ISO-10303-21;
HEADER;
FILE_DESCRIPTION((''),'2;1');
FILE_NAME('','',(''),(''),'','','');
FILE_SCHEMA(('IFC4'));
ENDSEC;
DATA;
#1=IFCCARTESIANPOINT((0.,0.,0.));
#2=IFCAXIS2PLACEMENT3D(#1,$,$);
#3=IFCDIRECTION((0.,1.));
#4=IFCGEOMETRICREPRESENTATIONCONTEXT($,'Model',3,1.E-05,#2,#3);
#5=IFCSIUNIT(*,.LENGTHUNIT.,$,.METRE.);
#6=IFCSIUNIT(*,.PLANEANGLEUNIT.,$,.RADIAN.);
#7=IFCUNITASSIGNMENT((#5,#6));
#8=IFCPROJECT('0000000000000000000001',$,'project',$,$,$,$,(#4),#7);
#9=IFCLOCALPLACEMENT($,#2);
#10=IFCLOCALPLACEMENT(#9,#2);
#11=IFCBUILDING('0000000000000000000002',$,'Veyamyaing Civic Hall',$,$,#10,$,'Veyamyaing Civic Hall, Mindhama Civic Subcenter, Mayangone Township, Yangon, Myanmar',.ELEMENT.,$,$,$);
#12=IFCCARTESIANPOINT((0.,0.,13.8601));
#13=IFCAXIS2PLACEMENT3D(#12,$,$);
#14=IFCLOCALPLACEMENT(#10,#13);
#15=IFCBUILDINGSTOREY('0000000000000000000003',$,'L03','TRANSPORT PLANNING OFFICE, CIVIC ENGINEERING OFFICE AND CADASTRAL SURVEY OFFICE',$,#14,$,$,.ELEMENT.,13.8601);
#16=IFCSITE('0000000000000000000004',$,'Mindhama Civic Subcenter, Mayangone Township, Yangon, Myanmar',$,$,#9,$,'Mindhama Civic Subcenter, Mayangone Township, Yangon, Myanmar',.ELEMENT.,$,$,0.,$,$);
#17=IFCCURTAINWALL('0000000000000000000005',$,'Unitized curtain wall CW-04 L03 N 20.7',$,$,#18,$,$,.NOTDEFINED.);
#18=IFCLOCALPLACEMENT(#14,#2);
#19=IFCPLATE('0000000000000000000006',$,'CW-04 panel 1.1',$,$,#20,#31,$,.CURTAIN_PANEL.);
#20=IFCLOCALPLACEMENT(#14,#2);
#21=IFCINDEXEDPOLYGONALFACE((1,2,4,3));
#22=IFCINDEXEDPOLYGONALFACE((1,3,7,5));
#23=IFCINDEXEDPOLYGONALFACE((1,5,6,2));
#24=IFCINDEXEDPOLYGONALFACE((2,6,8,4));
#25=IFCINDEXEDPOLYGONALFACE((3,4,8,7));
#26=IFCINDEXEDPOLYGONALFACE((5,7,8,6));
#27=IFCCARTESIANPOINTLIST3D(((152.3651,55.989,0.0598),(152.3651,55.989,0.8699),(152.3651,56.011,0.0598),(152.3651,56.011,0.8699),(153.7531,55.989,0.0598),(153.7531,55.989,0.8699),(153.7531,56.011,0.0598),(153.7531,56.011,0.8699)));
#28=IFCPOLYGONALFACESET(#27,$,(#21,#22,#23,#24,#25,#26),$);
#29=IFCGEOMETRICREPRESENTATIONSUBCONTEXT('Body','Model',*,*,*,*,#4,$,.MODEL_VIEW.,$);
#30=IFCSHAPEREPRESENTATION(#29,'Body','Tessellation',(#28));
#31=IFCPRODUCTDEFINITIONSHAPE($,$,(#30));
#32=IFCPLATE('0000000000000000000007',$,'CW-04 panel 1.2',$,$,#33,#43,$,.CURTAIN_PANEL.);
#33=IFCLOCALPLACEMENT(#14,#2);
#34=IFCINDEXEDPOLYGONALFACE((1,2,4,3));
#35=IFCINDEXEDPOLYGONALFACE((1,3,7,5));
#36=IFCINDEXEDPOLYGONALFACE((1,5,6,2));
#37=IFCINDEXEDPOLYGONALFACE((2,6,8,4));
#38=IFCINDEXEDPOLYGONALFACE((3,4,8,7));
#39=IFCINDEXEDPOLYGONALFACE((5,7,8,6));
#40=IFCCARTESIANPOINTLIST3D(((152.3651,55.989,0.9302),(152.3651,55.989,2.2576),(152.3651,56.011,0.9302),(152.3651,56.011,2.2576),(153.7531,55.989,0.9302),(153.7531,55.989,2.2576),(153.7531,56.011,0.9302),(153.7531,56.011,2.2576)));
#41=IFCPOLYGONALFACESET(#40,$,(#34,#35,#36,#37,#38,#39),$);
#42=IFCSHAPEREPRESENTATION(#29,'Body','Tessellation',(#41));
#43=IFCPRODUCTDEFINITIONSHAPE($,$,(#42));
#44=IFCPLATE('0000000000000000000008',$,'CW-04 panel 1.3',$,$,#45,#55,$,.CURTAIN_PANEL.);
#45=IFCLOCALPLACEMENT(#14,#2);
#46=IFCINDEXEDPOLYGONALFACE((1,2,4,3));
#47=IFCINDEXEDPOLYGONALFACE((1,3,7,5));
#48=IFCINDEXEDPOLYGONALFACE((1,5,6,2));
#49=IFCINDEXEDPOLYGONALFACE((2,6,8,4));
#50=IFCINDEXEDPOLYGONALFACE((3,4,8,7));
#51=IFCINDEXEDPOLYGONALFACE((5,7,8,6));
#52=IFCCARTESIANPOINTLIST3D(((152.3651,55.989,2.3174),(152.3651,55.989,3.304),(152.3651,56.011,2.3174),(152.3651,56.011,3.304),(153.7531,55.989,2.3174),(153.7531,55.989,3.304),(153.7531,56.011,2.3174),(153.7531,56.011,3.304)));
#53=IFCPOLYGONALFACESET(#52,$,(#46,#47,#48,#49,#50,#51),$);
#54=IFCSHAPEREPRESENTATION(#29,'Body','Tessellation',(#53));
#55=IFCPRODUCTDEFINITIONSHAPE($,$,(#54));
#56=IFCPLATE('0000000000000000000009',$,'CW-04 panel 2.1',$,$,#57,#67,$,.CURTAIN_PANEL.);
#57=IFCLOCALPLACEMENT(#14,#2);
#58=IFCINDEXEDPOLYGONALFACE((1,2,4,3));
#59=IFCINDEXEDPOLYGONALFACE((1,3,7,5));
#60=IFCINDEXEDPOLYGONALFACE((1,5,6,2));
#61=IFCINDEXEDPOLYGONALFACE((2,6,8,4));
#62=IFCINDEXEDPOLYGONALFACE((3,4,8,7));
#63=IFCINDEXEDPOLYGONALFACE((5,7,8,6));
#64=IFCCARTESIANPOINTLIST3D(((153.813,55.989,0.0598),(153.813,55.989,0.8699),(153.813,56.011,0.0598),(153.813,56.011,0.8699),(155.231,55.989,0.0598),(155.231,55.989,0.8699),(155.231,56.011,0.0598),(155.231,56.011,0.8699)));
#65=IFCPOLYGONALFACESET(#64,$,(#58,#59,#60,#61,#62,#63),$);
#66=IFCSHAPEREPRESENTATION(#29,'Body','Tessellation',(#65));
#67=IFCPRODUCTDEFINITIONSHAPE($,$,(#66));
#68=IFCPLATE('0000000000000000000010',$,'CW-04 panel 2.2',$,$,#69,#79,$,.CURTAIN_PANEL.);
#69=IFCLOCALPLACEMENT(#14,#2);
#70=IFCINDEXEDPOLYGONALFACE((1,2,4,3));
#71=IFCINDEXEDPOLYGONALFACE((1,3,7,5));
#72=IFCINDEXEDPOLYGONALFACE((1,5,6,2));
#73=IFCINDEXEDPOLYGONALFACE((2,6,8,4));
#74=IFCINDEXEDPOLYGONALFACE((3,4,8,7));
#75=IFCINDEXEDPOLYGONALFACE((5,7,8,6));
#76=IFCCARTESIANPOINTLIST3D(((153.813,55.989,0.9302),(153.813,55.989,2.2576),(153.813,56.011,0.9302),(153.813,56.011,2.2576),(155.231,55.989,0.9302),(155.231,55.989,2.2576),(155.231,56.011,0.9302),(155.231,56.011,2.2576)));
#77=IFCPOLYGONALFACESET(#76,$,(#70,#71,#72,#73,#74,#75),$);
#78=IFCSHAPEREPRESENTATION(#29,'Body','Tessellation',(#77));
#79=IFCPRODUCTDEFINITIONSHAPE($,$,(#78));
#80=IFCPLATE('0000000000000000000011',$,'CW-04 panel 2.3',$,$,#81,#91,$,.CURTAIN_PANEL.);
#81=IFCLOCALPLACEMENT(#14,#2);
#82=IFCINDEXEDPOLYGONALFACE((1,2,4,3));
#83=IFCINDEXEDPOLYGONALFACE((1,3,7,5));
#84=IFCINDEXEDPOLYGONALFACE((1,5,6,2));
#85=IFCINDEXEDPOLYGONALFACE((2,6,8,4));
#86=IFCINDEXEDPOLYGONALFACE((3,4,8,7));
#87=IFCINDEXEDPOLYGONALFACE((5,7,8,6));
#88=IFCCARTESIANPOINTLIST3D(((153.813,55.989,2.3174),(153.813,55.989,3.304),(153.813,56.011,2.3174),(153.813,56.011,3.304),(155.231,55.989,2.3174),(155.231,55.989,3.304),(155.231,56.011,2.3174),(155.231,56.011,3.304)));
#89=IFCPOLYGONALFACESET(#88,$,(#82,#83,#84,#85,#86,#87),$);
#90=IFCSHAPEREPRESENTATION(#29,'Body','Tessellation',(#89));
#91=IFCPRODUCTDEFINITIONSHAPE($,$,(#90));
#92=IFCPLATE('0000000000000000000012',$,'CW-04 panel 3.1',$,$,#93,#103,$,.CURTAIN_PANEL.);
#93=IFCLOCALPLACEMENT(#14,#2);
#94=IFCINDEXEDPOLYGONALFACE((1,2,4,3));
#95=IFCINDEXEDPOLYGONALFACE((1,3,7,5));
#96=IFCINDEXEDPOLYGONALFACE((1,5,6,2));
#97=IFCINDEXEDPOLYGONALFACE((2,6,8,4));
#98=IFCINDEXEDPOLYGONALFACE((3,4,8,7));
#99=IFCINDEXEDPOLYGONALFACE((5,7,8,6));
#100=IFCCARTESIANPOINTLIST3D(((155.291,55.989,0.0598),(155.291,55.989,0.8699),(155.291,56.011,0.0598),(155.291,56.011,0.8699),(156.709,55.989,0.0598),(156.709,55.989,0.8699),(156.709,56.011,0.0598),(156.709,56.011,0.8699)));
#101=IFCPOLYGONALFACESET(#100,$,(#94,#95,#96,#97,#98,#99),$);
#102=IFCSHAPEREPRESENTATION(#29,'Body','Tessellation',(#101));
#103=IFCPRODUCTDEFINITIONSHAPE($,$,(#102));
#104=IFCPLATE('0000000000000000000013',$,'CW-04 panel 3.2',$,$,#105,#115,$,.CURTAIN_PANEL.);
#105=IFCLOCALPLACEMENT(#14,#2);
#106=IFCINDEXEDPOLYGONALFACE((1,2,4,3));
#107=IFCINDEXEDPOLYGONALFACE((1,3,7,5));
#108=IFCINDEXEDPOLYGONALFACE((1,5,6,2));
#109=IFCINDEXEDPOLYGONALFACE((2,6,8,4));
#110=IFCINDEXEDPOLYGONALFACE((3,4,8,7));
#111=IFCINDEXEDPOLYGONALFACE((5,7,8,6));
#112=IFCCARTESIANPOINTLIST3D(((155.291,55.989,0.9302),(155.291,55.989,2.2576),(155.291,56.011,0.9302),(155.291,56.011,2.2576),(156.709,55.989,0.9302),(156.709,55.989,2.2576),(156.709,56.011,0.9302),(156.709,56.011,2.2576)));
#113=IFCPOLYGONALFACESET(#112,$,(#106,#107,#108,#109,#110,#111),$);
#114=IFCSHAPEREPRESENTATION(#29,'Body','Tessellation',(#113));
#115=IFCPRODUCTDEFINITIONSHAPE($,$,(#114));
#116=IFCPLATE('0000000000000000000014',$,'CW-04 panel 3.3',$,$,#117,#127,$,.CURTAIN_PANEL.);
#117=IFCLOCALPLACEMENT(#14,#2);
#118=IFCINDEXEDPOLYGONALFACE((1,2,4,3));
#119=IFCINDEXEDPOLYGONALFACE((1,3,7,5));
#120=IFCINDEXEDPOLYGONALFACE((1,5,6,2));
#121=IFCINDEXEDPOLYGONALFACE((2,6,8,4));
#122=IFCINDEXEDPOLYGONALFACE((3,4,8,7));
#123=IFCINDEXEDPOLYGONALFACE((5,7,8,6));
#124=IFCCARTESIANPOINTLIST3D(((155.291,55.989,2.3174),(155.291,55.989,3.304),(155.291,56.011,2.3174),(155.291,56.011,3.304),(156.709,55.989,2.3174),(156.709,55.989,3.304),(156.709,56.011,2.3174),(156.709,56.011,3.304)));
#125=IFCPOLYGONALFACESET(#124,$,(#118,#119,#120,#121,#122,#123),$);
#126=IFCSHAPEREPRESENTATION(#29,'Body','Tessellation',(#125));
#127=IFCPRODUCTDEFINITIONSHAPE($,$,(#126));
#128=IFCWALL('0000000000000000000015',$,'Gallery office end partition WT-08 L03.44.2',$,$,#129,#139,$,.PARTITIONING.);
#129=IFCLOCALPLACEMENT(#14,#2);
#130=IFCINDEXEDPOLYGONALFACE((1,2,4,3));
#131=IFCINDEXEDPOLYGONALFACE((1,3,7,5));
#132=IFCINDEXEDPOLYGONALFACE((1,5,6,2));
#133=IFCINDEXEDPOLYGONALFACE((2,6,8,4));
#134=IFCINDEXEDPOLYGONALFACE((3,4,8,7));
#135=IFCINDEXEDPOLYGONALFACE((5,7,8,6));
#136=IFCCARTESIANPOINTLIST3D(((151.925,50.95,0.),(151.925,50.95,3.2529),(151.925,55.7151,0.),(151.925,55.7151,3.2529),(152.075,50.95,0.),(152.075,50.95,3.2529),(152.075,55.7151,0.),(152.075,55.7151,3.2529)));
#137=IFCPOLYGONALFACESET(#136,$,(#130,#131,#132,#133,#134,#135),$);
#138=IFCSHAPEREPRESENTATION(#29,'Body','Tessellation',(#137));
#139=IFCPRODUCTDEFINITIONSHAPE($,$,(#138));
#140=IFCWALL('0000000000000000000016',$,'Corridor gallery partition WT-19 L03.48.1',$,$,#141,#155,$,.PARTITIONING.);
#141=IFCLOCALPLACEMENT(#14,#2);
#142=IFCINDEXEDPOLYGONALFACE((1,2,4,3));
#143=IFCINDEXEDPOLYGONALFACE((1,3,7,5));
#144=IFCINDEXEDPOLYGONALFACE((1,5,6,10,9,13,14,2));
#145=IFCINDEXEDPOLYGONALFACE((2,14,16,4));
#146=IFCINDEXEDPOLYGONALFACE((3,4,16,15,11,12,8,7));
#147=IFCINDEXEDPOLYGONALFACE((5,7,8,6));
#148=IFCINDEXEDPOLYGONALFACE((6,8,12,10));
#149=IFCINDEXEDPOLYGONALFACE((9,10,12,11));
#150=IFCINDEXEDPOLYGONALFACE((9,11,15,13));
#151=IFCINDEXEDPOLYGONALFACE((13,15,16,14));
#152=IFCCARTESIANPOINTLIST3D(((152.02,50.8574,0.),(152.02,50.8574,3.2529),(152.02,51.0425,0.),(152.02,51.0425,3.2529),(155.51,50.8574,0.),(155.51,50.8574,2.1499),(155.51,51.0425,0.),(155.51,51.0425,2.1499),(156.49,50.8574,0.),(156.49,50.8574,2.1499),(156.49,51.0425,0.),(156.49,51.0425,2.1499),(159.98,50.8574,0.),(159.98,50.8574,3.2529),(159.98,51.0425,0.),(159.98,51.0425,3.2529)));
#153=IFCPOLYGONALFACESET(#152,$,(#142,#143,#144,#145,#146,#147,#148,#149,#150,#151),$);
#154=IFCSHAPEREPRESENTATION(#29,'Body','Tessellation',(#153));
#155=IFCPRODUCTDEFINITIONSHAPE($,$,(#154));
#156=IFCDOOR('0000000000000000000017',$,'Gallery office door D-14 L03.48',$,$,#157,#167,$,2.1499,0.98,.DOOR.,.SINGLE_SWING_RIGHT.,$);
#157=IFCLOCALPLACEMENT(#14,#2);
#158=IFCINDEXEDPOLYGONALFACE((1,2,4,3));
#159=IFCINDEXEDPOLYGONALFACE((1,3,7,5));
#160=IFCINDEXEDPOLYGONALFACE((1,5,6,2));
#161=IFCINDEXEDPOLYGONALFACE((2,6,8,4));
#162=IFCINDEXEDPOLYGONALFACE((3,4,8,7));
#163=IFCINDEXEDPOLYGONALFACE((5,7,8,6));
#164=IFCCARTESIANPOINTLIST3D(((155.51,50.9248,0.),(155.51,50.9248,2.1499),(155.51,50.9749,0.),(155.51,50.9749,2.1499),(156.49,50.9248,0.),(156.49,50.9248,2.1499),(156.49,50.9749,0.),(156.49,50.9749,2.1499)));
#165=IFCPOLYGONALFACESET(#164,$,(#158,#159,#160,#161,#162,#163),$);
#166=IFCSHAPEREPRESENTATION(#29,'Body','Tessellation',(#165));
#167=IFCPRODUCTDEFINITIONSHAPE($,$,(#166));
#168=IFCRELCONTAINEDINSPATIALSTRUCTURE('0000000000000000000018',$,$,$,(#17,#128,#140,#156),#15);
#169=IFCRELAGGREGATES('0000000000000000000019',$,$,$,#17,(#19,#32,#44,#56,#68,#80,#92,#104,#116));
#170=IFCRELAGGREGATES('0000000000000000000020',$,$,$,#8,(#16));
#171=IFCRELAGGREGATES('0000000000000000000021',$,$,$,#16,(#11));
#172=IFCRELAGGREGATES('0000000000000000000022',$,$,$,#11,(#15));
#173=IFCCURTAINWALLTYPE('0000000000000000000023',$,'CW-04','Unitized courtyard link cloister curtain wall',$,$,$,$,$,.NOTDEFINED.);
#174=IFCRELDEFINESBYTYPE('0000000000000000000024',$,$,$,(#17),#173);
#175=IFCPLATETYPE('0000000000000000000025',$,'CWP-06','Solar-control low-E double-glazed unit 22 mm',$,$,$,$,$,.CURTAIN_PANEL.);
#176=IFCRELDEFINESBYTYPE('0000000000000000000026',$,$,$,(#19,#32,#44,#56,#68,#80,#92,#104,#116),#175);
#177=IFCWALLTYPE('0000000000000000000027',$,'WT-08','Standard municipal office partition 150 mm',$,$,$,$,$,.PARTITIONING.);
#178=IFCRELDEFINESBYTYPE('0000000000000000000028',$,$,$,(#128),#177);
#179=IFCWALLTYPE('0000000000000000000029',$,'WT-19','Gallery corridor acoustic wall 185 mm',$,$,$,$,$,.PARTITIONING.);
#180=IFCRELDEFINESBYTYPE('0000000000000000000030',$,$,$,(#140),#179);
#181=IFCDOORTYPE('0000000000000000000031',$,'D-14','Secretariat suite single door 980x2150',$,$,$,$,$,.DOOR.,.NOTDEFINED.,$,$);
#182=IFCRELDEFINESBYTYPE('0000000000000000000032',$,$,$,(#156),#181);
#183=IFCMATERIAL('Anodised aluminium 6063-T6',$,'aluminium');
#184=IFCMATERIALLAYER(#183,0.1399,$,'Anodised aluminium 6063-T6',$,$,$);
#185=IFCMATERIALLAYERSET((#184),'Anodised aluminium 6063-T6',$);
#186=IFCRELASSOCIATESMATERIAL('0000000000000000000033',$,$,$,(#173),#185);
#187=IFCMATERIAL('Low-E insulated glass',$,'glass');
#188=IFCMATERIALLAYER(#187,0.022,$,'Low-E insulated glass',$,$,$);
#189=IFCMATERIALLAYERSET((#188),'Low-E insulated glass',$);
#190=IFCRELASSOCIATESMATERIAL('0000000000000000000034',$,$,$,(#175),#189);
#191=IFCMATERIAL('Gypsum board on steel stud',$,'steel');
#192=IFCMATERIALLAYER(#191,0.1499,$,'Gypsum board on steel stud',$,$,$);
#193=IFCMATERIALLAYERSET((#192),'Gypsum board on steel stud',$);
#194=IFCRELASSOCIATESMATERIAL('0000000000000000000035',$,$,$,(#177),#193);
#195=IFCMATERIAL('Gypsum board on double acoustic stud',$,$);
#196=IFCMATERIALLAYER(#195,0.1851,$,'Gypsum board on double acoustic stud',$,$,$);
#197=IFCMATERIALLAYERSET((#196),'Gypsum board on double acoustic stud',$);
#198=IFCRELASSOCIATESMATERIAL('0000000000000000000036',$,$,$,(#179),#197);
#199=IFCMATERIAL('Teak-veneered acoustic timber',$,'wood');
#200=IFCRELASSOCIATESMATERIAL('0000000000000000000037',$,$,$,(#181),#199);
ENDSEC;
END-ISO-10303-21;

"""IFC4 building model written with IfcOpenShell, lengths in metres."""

from ifc_helpers import new_model, si_unit, direction, frame, frame_2d, origin, origin_2d, place, context, subcontext, project, spatial, rectangle, extrude, material, layer, layer_set, type_object, element, fill, aggregate, save


model = new_model("IFC4")

# Units and contexts
model_context = context("Model", 3, precision=1e-05, world=origin(), true_north=direction((0.0, 1.0)))
body_context = subcontext(model_context, "Body", "Model", "MODEL_VIEW")
ifc_project = project(units=[si_unit("LENGTHUNIT", "METRE"), si_unit("PLANEANGLEUNIT", "RADIAN")], contexts=[model_context])

# Site, building, storey
site_placement = place(None, origin())
site = spatial("IfcSite", under=ifc_project, at=site_placement, Name="Mindhama Civic Subcenter, Mayangone Township, Yangon, Myanmar", LongName="Mindhama Civic Subcenter, Mayangone Township, Yangon, Myanmar", CompositionType="ELEMENT", RefElevation=0.0)
building_placement = place(site_placement, origin())
building = spatial("IfcBuilding", under=site, at=building_placement, Name="Veyamyaing Civic Hall", LongName="Veyamyaing Civic Hall, Mindhama Civic Subcenter, Mayangone Township, Yangon, Myanmar", CompositionType="ELEMENT")
storey_placement = place(building_placement, frame((0.0, 0.0, 13.8601)))
storey = spatial("IfcBuildingStorey", under=building, at=storey_placement, Name="L03", Description="TRANSPORT PLANNING OFFICE, CIVIC ENGINEERING OFFICE AND CADASTRAL SURVEY OFFICE", CompositionType="ELEMENT", Elevation=13.8601)

# Shared definitions
ifc_material_1 = material(Name="Anodised aluminium 6063-T6", Category="aluminium")
ifc_layer_1 = layer(ifc_material_1, 0.1399, Name="Anodised aluminium 6063-T6")
ifc_layer_set_1 = layer_set([ifc_layer_1], Name="Anodised aluminium 6063-T6")
curtain_wall_type = type_object("IfcCurtainWallType", Name="CW-04", Description="Unitized courtyard link cloister curtain wall", PredefinedType="NOTDEFINED", material=ifc_layer_set_1)

# Curtain wall
curtain_wall_1_placement = place(storey_placement, origin())
curtain_wall_1 = element("IfcCurtainWall", 1, at=curtain_wall_1_placement, inside=storey, type_object=curtain_wall_type, Name="Unitized curtain wall CW-04 L03 N 20.7", PredefinedType="NOTDEFINED")

# Plates
ifc_material_2 = material(Name="Low-E insulated glass", Category="glass")
ifc_layer_2 = layer(ifc_material_2, 0.022, Name="Low-E insulated glass")
ifc_layer_set_2 = layer_set([ifc_layer_2], Name="Low-E insulated glass")
plate_type_1 = type_object("IfcPlateType", Name="CWP-06", Description="Solar-control low-E double-glazed unit 22 mm", PredefinedType="CURTAIN_PANEL", material=ifc_layer_set_2)
plate_1_placement = place(storey_placement, frame((153.0591, 56.0, 0.0598), z_axis=(0.0, 0.0, 1.0), x_axis=(1.0, 0.0, 0.0)))
plate_1 = element("IfcPlate", 2, at=plate_1_placement, type_object=plate_type_1, Name="CW-04 panel 1.1", PredefinedType="CURTAIN_PANEL", context=body_context, shape_type="SweptSolid", body=[
    extrude(rectangle(XDim=1.3879, YDim=0.022, at=origin_2d()), origin(), (0.0, 0.0, 1.0), 0.8101),
])
plate_2_placement = place(storey_placement, frame((153.0591, 56.0, 0.9302), z_axis=(0.0, 0.0, 1.0), x_axis=(1.0, 0.0, 0.0)))
plate_2 = element("IfcPlate", 3, at=plate_2_placement, type_object=plate_type_1, Name="CW-04 panel 1.2", PredefinedType="CURTAIN_PANEL", context=body_context, shape_type="SweptSolid", body=[
    extrude(rectangle(XDim=1.3879, YDim=0.022, at=origin_2d()), origin(), (0.0, 0.0, 1.0), 1.3274),
])
plate_3_placement = place(storey_placement, frame((153.0591, 56.0, 2.3174), z_axis=(0.0, 0.0, 1.0), x_axis=(1.0, 0.0, 0.0)))
plate_3 = element("IfcPlate", 4, at=plate_3_placement, type_object=plate_type_1, Name="CW-04 panel 1.3", PredefinedType="CURTAIN_PANEL", context=body_context, shape_type="SweptSolid", body=[
    extrude(rectangle(XDim=1.3879, YDim=0.022, at=origin_2d()), origin(), (0.0, 0.0, 1.0), 0.9866),
])
plate_4_placement = place(storey_placement, frame((154.522, 56.0, 0.0598), z_axis=(0.0, 0.0, 1.0), x_axis=(1.0, 0.0, 0.0)))
plate_4 = element("IfcPlate", 5, at=plate_4_placement, type_object=plate_type_1, Name="CW-04 panel 2.1", PredefinedType="CURTAIN_PANEL", context=body_context, shape_type="SweptSolid", body=[
    extrude(rectangle(XDim=1.418, YDim=0.022, at=origin_2d()), origin(), (0.0, 0.0, 1.0), 0.8101),
])
plate_5_placement = place(storey_placement, frame((154.522, 56.0, 0.9302), z_axis=(0.0, 0.0, 1.0), x_axis=(1.0, 0.0, 0.0)))
plate_5 = element("IfcPlate", 6, at=plate_5_placement, type_object=plate_type_1, Name="CW-04 panel 2.2", PredefinedType="CURTAIN_PANEL", context=body_context, shape_type="SweptSolid", body=[
    extrude(rectangle(XDim=1.418, YDim=0.022, at=origin_2d()), origin(), (0.0, 0.0, 1.0), 1.3274),
])
plate_6_placement = place(storey_placement, frame((154.522, 56.0, 2.3174), z_axis=(0.0, 0.0, 1.0), x_axis=(1.0, 0.0, 0.0)))
plate_6 = element("IfcPlate", 7, at=plate_6_placement, type_object=plate_type_1, Name="CW-04 panel 2.3", PredefinedType="CURTAIN_PANEL", context=body_context, shape_type="SweptSolid", body=[
    extrude(rectangle(XDim=1.418, YDim=0.022, at=origin_2d()), origin(), (0.0, 0.0, 1.0), 0.9866),
])
plate_7_placement = place(storey_placement, frame((156.0, 56.0, 0.0598), z_axis=(0.0, 0.0, 1.0), x_axis=(1.0, 0.0, 0.0)))
plate_7 = element("IfcPlate", 8, at=plate_7_placement, type_object=plate_type_1, Name="CW-04 panel 3.1", PredefinedType="CURTAIN_PANEL", context=body_context, shape_type="SweptSolid", body=[
    extrude(rectangle(XDim=1.418, YDim=0.022, at=origin_2d()), origin(), (0.0, 0.0, 1.0), 0.8101),
])
plate_8_placement = place(storey_placement, frame((156.0, 56.0, 0.9302), z_axis=(0.0, 0.0, 1.0), x_axis=(1.0, 0.0, 0.0)))
plate_8 = element("IfcPlate", 9, at=plate_8_placement, type_object=plate_type_1, Name="CW-04 panel 3.2", PredefinedType="CURTAIN_PANEL", context=body_context, shape_type="SweptSolid", body=[
    extrude(rectangle(XDim=1.418, YDim=0.022, at=origin_2d()), origin(), (0.0, 0.0, 1.0), 1.3274),
])
plate_9_placement = place(storey_placement, frame((156.0, 56.0, 2.3174), z_axis=(0.0, 0.0, 1.0), x_axis=(1.0, 0.0, 0.0)))
plate_9 = element("IfcPlate", 10, at=plate_9_placement, type_object=plate_type_1, Name="CW-04 panel 3.3", PredefinedType="CURTAIN_PANEL", context=body_context, shape_type="SweptSolid", body=[
    extrude(rectangle(XDim=1.418, YDim=0.022, at=origin_2d()), origin(), (0.0, 0.0, 1.0), 0.9866),
])
aggregate(curtain_wall_1, [plate_1, plate_2, plate_3, plate_4, plate_5, plate_6, plate_7, plate_8, plate_9])

# Wall
ifc_material_3 = material(Name="Gypsum board on steel stud", Category="steel")
ifc_layer_3 = layer(ifc_material_3, 0.1499, Name="Gypsum board on steel stud")
ifc_layer_set_3 = layer_set([ifc_layer_3], Name="Gypsum board on steel stud")
wall_type_1 = type_object("IfcWallType", Name="WT-08", Description="Standard municipal office partition 150 mm", PredefinedType="PARTITIONING", material=ifc_layer_set_3)
wall_1_placement = place(storey_placement, frame((152.0, 50.95, 0.0), z_axis=(0.0, 0.0, 1.0), x_axis=(0.0, 1.0, 0.0)))
element("IfcWall", 11, at=wall_1_placement, inside=storey, type_object=wall_type_1, Name="Gallery office end partition WT-08 L03.44.2", PredefinedType="PARTITIONING", context=body_context, shape_type="SweptSolid", body=[
    extrude(rectangle(XDim=4.7651, YDim=0.1499, at=frame_2d((2.3826, 0.0))), origin(), (0.0, 0.0, 1.0), 3.2529),
])

# Wall, opening, door
ifc_material_4 = material(Name="Gypsum board on double acoustic stud")
ifc_layer_4 = layer(ifc_material_4, 0.1851, Name="Gypsum board on double acoustic stud")
ifc_layer_set_4 = layer_set([ifc_layer_4], Name="Gypsum board on double acoustic stud")
wall_type_2 = type_object("IfcWallType", Name="WT-19", Description="Gallery corridor acoustic wall 185 mm", PredefinedType="PARTITIONING", material=ifc_layer_set_4)
wall_2_placement = place(storey_placement, frame((152.02, 50.95, 0.0), z_axis=(0.0, 0.0, 1.0), x_axis=(1.0, 0.0, 0.0)))
wall_2 = element("IfcWall", 12, at=wall_2_placement, inside=storey, type_object=wall_type_2, Name="Corridor gallery partition WT-19 L03.48.1", PredefinedType="PARTITIONING", context=body_context, shape_type="SweptSolid", body=[
    extrude(rectangle(XDim=7.96, YDim=0.1851, at=frame_2d((3.98, 0.0))), origin(), (0.0, 0.0, 1.0), 3.2529),
])
opening_placement = place(wall_2_placement, frame((3.49, 0.0, 0.0)))
opening = element("IfcOpeningElement", 13, at=opening_placement, cuts=wall_2, PredefinedType="OPENING", context=body_context, shape_type="SweptSolid", body=[
    extrude(rectangle(XDim=0.98, YDim=2.1499, at=frame_2d((0.49, 1.075))), frame((0.0, 0.1025, 0.0), z_axis=(0.0, -1.0, 0.0), x_axis=(1.0, 0.0, 0.0)), (0.0, 0.0, 1.0), 0.2051),
])
ifc_material_5 = material(Name="Teak-veneered acoustic timber", Category="wood")
door_type = type_object("IfcDoorType", Name="D-14", Description="Secretariat suite single door 980x2150", OperationType="NOTDEFINED", PredefinedType="DOOR", material=ifc_material_5)
door_placement = place(opening_placement, origin())
door = element("IfcDoor", 14, at=door_placement, inside=storey, type_object=door_type, Name="Gallery office door D-14 L03.48", OperationType="SINGLE_SWING_RIGHT", OverallHeight=2.1499, OverallWidth=0.98, PredefinedType="DOOR", context=body_context, shape_type="SweptSolid", body=[
    extrude(rectangle(XDim=0.98, YDim=2.1499, at=frame_2d((0.49, 1.075))), frame((0.0, 0.0249, 0.0), z_axis=(0.0, -1.0, 0.0), x_axis=(1.0, 0.0, 0.0)), (0.0, 0.0, 1.0), 0.05),
])
fill(opening, door)

save(model, "model.ifc")
